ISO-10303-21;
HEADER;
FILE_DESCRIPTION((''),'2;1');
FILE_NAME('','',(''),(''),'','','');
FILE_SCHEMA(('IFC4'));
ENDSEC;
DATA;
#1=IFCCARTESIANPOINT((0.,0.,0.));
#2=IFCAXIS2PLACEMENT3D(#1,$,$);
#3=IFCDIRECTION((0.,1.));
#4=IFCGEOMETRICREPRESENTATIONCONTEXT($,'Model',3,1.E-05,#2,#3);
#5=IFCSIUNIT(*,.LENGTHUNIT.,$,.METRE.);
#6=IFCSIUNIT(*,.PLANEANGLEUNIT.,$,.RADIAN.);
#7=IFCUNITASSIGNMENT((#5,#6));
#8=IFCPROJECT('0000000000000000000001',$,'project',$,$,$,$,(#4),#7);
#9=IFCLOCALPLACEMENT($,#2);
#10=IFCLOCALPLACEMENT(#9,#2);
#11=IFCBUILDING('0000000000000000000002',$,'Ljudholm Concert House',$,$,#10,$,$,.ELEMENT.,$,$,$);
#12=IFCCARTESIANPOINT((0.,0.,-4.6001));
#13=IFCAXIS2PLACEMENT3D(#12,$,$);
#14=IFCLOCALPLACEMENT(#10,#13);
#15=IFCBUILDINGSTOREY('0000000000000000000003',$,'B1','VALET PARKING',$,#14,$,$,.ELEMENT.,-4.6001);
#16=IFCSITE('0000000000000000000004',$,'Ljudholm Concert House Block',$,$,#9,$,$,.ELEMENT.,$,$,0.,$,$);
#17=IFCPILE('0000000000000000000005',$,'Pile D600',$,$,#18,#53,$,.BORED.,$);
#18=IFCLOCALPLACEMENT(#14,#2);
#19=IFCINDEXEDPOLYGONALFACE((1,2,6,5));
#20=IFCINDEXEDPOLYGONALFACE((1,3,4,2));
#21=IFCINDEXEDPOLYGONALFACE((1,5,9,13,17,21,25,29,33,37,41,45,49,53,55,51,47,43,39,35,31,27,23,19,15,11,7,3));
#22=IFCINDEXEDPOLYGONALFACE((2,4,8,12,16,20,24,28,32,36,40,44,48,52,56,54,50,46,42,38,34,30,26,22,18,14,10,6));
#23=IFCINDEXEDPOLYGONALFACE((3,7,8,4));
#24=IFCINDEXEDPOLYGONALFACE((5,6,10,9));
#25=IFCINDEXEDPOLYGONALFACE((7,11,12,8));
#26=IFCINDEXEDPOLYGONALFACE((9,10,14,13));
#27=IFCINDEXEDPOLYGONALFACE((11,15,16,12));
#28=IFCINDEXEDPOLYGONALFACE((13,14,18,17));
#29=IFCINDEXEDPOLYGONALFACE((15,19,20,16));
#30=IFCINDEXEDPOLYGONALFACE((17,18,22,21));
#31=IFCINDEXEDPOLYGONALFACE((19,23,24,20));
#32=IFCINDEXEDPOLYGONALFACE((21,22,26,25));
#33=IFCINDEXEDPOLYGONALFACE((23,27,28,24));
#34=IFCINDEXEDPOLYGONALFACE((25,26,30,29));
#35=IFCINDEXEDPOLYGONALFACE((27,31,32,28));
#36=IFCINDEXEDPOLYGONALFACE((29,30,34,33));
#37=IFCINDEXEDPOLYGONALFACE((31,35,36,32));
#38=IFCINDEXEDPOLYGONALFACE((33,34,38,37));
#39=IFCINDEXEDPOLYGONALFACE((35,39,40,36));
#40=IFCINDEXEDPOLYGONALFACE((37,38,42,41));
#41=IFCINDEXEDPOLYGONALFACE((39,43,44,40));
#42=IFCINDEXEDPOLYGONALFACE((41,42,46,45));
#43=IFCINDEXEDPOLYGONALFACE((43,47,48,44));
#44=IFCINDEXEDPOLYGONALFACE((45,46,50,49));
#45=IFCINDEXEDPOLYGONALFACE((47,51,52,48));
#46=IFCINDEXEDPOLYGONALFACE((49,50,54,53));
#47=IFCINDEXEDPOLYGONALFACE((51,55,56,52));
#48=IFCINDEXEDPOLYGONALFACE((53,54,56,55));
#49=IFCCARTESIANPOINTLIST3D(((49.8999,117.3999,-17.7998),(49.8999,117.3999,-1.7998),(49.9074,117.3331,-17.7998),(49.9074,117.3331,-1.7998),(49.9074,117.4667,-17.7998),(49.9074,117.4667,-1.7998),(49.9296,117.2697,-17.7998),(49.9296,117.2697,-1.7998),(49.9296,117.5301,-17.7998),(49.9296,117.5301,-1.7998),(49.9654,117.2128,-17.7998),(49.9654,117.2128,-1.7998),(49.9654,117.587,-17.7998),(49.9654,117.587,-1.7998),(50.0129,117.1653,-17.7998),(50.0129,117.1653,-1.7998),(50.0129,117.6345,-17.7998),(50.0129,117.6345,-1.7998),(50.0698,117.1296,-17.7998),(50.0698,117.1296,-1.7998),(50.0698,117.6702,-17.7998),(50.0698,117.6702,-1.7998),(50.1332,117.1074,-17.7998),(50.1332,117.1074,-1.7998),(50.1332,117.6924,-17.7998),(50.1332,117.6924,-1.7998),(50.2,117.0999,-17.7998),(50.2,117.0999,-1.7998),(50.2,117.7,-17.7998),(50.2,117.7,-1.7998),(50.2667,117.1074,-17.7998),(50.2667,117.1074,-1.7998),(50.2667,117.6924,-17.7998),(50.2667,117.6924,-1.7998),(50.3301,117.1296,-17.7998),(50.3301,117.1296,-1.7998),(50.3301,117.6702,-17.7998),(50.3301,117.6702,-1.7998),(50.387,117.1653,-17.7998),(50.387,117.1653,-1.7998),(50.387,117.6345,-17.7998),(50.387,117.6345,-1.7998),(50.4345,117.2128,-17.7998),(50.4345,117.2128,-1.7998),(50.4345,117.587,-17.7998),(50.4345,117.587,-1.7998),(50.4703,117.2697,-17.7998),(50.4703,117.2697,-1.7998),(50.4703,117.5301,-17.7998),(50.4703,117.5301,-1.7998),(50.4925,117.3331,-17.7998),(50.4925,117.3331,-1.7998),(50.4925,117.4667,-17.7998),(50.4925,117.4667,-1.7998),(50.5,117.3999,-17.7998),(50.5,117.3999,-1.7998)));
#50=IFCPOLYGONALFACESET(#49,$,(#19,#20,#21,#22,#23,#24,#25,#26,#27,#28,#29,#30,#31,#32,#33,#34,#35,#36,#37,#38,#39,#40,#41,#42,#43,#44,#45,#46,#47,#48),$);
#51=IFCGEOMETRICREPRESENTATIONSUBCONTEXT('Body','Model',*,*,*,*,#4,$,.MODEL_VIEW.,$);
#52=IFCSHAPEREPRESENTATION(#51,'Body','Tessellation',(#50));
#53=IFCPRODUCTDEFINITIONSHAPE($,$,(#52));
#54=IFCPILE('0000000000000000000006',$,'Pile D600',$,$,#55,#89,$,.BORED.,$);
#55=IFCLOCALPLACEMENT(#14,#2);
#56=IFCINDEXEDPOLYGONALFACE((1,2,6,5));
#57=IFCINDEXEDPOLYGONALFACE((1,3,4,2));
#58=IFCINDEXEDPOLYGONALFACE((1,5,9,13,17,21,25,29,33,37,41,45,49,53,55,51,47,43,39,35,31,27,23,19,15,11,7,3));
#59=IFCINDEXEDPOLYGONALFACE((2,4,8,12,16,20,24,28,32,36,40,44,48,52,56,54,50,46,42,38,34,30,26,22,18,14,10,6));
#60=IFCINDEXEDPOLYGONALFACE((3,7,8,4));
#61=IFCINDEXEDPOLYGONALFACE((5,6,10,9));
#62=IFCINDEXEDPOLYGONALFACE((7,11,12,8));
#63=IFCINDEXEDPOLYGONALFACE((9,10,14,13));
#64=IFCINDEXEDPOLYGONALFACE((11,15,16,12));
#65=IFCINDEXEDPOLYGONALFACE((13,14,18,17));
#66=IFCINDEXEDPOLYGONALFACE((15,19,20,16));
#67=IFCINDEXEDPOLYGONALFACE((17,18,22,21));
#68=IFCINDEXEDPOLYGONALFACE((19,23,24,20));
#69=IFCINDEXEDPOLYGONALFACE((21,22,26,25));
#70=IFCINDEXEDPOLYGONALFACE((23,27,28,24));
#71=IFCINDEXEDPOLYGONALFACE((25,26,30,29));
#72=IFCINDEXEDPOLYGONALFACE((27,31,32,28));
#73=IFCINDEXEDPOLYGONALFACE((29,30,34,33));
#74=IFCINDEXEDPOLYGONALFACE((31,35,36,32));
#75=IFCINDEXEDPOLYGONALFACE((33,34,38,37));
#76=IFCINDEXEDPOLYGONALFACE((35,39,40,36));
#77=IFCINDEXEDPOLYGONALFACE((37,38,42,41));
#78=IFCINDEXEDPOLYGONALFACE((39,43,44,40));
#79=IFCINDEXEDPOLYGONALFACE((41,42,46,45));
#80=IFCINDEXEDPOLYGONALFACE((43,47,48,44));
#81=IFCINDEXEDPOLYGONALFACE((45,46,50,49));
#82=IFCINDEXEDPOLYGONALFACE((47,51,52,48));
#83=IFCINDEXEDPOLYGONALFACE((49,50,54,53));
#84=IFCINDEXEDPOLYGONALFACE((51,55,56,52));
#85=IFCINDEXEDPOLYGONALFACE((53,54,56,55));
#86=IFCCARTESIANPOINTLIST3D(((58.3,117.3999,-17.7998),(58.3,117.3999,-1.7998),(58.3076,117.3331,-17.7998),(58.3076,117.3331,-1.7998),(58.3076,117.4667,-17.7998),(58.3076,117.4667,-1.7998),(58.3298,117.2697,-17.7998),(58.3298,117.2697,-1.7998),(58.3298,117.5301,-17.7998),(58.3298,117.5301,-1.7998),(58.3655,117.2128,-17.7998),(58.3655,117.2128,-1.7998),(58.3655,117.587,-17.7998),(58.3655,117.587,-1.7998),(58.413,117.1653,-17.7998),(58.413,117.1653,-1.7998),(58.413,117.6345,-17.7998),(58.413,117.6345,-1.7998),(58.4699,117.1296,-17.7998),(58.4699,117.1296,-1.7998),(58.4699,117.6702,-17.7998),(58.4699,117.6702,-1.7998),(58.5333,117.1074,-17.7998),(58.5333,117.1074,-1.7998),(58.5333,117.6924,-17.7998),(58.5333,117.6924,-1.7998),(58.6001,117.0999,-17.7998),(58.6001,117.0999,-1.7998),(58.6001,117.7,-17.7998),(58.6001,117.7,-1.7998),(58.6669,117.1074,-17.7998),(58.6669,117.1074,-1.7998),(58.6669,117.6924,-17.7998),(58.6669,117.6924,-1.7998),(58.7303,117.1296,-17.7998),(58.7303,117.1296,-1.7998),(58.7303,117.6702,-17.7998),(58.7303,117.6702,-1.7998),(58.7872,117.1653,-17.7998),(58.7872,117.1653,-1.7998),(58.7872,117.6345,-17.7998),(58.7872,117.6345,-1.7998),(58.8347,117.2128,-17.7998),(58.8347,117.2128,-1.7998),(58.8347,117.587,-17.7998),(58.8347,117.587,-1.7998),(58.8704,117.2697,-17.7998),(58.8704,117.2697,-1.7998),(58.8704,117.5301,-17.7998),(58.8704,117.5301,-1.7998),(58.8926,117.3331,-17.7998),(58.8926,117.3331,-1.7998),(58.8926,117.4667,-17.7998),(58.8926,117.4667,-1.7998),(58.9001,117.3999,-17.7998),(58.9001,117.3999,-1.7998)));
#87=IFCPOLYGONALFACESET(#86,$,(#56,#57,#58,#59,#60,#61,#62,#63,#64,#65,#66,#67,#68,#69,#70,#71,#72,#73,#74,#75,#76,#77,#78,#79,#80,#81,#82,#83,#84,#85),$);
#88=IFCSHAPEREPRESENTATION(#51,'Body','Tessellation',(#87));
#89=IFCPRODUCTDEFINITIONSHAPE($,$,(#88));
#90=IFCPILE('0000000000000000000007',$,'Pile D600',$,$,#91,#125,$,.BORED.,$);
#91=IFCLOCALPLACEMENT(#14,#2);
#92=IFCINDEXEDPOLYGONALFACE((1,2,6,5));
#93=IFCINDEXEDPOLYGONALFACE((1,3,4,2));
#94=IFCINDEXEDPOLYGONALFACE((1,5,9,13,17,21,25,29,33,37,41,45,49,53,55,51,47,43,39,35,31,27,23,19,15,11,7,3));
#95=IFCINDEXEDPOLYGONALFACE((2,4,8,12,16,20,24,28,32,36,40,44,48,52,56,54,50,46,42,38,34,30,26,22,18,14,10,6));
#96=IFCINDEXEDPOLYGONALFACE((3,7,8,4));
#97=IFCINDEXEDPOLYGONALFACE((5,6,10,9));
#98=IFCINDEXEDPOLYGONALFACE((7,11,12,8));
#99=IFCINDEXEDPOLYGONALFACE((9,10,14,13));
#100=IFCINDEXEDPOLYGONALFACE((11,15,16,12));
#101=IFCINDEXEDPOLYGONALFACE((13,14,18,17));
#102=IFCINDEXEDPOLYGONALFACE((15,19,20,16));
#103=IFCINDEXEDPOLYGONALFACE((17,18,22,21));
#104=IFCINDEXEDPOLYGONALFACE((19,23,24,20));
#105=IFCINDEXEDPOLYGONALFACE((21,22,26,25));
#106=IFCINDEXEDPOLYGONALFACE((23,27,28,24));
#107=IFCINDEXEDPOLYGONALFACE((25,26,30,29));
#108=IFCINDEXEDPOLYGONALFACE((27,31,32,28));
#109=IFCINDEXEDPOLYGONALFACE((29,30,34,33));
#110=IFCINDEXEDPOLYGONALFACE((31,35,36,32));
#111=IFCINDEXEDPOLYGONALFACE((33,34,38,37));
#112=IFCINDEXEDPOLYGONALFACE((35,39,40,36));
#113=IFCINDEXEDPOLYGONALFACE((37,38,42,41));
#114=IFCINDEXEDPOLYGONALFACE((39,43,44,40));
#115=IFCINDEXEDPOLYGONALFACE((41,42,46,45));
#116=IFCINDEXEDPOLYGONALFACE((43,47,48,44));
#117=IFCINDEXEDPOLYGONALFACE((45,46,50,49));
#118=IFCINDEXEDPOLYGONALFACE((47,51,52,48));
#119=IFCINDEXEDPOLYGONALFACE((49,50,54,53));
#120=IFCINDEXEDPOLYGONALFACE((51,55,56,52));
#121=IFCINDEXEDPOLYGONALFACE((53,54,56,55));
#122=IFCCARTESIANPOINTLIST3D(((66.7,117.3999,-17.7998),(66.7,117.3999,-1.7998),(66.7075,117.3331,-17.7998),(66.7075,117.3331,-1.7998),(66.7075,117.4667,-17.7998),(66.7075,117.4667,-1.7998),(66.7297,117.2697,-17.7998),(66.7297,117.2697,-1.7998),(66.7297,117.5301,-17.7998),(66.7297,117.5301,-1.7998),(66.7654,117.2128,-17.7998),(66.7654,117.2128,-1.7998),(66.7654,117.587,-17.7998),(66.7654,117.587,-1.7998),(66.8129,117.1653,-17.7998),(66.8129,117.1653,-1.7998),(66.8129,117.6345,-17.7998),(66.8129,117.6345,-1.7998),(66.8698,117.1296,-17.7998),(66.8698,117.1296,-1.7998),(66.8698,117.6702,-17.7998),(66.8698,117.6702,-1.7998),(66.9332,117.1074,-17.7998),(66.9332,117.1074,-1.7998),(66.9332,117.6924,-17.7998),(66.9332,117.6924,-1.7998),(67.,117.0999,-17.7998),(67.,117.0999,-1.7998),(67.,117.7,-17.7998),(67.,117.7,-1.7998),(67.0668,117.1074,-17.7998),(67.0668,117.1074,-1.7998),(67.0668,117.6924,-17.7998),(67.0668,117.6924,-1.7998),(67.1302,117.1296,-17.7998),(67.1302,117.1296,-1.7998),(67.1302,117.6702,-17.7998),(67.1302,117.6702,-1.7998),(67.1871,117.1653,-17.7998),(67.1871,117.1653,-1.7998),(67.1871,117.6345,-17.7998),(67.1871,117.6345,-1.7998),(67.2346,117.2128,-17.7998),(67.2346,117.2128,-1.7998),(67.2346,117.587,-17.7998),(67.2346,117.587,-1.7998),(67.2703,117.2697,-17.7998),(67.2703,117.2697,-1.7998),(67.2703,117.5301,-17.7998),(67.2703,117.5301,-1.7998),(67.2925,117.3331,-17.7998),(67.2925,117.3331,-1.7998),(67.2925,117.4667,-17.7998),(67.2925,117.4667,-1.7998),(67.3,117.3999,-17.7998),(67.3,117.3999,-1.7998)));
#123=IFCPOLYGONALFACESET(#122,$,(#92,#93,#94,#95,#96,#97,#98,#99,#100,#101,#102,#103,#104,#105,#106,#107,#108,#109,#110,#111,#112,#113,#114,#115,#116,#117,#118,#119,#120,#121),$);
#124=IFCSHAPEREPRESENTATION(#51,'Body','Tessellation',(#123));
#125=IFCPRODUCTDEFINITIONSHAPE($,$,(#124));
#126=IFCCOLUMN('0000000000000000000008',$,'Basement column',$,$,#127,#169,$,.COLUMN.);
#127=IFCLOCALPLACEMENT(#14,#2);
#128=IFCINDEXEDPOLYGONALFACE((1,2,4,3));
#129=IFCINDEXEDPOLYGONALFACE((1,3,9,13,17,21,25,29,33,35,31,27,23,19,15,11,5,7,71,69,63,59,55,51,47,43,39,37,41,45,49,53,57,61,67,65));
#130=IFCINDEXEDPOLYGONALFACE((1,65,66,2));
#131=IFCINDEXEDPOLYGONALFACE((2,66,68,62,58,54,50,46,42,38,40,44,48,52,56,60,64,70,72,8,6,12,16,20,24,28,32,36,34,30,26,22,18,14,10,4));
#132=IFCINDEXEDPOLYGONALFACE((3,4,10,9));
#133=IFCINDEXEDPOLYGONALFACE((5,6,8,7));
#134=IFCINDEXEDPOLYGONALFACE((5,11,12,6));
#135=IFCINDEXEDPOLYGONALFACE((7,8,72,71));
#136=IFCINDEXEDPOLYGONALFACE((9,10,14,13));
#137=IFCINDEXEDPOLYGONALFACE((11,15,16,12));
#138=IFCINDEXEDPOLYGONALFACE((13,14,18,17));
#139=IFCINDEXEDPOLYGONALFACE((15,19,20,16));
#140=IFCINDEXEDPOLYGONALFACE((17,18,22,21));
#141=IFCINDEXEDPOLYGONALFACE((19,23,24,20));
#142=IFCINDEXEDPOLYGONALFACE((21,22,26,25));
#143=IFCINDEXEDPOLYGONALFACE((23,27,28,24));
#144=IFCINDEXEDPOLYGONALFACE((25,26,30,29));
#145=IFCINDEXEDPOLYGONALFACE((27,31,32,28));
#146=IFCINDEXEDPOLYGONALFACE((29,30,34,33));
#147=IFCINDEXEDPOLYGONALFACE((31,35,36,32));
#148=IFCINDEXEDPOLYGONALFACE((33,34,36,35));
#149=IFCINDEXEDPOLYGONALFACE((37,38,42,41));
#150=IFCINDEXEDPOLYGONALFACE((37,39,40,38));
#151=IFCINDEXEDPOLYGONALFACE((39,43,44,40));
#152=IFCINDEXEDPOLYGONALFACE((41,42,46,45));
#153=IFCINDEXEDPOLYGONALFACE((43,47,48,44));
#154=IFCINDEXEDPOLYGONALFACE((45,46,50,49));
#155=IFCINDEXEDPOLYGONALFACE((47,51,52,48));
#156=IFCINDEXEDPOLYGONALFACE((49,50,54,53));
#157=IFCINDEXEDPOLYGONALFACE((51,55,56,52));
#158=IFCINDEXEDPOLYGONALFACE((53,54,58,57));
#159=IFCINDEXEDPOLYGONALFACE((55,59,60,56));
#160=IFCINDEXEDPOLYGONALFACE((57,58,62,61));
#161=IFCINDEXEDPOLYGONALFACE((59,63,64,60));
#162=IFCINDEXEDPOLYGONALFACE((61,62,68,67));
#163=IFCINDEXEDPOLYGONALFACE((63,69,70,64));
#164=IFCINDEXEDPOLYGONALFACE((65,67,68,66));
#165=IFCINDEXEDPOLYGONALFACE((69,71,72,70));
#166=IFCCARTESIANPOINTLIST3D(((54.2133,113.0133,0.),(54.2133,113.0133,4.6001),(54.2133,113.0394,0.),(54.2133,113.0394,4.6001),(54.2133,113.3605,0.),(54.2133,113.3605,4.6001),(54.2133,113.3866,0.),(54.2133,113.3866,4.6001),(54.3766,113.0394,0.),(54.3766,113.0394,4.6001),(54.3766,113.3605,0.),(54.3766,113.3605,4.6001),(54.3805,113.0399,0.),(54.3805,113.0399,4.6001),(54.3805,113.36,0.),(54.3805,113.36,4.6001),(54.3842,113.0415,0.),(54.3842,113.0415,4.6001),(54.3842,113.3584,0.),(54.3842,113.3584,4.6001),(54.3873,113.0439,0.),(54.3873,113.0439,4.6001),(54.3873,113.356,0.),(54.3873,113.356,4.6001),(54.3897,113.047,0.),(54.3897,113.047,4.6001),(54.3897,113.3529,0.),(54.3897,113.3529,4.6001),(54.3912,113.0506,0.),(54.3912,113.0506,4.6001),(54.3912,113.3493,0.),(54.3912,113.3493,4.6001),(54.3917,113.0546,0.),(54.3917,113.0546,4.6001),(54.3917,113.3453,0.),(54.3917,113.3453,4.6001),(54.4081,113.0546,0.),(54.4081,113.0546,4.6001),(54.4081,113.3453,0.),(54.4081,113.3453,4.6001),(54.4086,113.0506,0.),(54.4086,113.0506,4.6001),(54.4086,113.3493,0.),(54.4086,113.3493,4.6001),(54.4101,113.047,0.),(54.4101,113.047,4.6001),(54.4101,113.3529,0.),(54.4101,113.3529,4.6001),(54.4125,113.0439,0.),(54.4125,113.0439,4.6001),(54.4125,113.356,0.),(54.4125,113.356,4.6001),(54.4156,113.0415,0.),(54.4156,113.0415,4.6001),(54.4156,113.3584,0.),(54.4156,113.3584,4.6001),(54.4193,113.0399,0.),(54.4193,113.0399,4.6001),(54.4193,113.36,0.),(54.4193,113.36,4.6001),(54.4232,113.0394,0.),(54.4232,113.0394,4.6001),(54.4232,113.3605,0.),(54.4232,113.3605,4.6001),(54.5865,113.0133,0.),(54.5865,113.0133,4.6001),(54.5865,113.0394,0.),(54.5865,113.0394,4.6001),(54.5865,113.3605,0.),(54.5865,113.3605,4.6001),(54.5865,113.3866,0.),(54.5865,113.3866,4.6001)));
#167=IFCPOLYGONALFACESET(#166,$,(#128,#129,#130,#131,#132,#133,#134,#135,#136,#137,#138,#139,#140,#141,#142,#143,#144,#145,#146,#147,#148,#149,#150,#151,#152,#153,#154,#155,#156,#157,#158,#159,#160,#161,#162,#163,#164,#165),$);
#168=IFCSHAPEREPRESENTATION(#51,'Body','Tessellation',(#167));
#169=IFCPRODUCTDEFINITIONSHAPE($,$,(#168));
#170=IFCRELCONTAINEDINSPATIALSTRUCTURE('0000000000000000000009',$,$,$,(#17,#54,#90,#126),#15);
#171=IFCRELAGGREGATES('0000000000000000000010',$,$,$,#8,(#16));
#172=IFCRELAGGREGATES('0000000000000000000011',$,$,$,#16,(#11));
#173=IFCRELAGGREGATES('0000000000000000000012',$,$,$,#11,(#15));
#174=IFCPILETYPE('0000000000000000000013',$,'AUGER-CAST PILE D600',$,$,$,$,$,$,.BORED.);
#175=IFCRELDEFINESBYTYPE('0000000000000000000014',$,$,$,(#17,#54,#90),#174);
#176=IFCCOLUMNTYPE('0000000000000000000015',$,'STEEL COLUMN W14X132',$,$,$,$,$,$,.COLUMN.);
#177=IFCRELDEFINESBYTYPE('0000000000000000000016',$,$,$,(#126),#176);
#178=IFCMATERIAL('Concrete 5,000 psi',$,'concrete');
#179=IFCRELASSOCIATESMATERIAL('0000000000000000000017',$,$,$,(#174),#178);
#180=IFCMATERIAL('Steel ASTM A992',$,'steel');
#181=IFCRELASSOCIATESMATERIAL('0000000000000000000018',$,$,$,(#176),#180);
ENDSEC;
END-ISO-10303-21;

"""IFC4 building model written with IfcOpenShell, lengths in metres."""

from ifc_helpers import new_model, si_unit, direction, frame, origin, origin_2d, place, context, subcontext, project, spatial, circle, i_section, extrude, material, material_profile, profile_set, type_object, element, save


model = new_model("IFC4")

# Units and contexts
model_context = context("Model", 3, precision=1e-05, world=origin(), true_north=direction((0.0, 1.0)))
body_context = subcontext(model_context, "Body", "Model", "MODEL_VIEW")
ifc_project = project(units=[si_unit("LENGTHUNIT", "METRE"), si_unit("PLANEANGLEUNIT", "RADIAN")], contexts=[model_context])

# Site, building, storey
site_placement = place(None, origin())
site = spatial("IfcSite", under=ifc_project, at=site_placement, Name="Ljudholm Concert House Block", CompositionType="ELEMENT", RefElevation=0.0)
building_placement = place(site_placement, origin())
building = spatial("IfcBuilding", under=site, at=building_placement, Name="Ljudholm Concert House", CompositionType="ELEMENT")
storey_placement = place(building_placement, frame((0.0, 0.0, -4.6001)))
storey = spatial("IfcBuildingStorey", under=building, at=storey_placement, Name="B1", Description="VALET PARKING", CompositionType="ELEMENT", Elevation=-4.6001)

# Piles
ifc_material_1 = material(Name="Concrete 5,000 psi", Category="concrete")
ifc_material_profile_1 = material_profile(ifc_material_1, circle(Radius=0.3, at=origin_2d()), Name="AUGER-CAST PILE D600")
ifc_profile_set_1 = profile_set([ifc_material_profile_1], Name="Concrete 5,000 psi")
pile_type = type_object("IfcPileType", Name="AUGER-CAST PILE D600", PredefinedType="BORED", material=ifc_profile_set_1)
for number, where, z_axis, x_axis, name in (
    (1, (50.2, 117.3999, -1.7998), (0.0, 0.0, -1.0), (1.0, 0.0, 0.0), "Pile D600"),
    (2, (58.6001, 117.3999, -1.7998), (0.0, 0.0, -1.0), (1.0, 0.0, 0.0), "Pile D600"),
    (3, (67.0, 117.3999, -1.7998), (0.0, 0.0, -1.0), (1.0, 0.0, 0.0), "Pile D600"),
):
    element("IfcPile", number, at=place(storey_placement, frame(where, z_axis=z_axis, x_axis=x_axis)), inside=storey, type_object=pile_type, Name=name, PredefinedType="BORED", context=body_context, shape_type="SweptSolid", body=[
        extrude(circle(Radius=0.3, at=origin_2d()), origin(), (0.0, 0.0, 1.0), 16.0),
    ])

# Column
ifc_material_2 = material(Name="Steel ASTM A992", Category="steel")
ifc_material_profile_2 = material_profile(ifc_material_2, i_section(OverallWidth=0.3733, OverallDepth=0.3733, WebThickness=0.0164, FlangeThickness=0.0261, FilletRadius=0.0151, at=origin_2d()), Name="W14X132")
ifc_profile_set_2 = profile_set([ifc_material_profile_2], Name="Steel ASTM A992")
column_type = type_object("IfcColumnType", Name="STEEL COLUMN W14X132", PredefinedType="COLUMN", material=ifc_profile_set_2)
for number, where, z_axis, x_axis, name in (
    (4, (54.3999, 113.2, 0.0), (0.0, 0.0, 1.0), (1.0, 0.0, 0.0), "Basement column"),
):
    element("IfcColumn", number, at=place(storey_placement, frame(where, z_axis=z_axis, x_axis=x_axis)), inside=storey, type_object=column_type, Name=name, PredefinedType="COLUMN", context=body_context, shape_type="SweptSolid", body=[
        extrude(i_section(OverallWidth=0.3733, OverallDepth=0.3733, WebThickness=0.0164, FlangeThickness=0.0261, FilletRadius=0.0151, at=origin_2d()), origin(), (0.0, 0.0, 1.0), 4.6001),
    ])

save(model, "model.ifc")
